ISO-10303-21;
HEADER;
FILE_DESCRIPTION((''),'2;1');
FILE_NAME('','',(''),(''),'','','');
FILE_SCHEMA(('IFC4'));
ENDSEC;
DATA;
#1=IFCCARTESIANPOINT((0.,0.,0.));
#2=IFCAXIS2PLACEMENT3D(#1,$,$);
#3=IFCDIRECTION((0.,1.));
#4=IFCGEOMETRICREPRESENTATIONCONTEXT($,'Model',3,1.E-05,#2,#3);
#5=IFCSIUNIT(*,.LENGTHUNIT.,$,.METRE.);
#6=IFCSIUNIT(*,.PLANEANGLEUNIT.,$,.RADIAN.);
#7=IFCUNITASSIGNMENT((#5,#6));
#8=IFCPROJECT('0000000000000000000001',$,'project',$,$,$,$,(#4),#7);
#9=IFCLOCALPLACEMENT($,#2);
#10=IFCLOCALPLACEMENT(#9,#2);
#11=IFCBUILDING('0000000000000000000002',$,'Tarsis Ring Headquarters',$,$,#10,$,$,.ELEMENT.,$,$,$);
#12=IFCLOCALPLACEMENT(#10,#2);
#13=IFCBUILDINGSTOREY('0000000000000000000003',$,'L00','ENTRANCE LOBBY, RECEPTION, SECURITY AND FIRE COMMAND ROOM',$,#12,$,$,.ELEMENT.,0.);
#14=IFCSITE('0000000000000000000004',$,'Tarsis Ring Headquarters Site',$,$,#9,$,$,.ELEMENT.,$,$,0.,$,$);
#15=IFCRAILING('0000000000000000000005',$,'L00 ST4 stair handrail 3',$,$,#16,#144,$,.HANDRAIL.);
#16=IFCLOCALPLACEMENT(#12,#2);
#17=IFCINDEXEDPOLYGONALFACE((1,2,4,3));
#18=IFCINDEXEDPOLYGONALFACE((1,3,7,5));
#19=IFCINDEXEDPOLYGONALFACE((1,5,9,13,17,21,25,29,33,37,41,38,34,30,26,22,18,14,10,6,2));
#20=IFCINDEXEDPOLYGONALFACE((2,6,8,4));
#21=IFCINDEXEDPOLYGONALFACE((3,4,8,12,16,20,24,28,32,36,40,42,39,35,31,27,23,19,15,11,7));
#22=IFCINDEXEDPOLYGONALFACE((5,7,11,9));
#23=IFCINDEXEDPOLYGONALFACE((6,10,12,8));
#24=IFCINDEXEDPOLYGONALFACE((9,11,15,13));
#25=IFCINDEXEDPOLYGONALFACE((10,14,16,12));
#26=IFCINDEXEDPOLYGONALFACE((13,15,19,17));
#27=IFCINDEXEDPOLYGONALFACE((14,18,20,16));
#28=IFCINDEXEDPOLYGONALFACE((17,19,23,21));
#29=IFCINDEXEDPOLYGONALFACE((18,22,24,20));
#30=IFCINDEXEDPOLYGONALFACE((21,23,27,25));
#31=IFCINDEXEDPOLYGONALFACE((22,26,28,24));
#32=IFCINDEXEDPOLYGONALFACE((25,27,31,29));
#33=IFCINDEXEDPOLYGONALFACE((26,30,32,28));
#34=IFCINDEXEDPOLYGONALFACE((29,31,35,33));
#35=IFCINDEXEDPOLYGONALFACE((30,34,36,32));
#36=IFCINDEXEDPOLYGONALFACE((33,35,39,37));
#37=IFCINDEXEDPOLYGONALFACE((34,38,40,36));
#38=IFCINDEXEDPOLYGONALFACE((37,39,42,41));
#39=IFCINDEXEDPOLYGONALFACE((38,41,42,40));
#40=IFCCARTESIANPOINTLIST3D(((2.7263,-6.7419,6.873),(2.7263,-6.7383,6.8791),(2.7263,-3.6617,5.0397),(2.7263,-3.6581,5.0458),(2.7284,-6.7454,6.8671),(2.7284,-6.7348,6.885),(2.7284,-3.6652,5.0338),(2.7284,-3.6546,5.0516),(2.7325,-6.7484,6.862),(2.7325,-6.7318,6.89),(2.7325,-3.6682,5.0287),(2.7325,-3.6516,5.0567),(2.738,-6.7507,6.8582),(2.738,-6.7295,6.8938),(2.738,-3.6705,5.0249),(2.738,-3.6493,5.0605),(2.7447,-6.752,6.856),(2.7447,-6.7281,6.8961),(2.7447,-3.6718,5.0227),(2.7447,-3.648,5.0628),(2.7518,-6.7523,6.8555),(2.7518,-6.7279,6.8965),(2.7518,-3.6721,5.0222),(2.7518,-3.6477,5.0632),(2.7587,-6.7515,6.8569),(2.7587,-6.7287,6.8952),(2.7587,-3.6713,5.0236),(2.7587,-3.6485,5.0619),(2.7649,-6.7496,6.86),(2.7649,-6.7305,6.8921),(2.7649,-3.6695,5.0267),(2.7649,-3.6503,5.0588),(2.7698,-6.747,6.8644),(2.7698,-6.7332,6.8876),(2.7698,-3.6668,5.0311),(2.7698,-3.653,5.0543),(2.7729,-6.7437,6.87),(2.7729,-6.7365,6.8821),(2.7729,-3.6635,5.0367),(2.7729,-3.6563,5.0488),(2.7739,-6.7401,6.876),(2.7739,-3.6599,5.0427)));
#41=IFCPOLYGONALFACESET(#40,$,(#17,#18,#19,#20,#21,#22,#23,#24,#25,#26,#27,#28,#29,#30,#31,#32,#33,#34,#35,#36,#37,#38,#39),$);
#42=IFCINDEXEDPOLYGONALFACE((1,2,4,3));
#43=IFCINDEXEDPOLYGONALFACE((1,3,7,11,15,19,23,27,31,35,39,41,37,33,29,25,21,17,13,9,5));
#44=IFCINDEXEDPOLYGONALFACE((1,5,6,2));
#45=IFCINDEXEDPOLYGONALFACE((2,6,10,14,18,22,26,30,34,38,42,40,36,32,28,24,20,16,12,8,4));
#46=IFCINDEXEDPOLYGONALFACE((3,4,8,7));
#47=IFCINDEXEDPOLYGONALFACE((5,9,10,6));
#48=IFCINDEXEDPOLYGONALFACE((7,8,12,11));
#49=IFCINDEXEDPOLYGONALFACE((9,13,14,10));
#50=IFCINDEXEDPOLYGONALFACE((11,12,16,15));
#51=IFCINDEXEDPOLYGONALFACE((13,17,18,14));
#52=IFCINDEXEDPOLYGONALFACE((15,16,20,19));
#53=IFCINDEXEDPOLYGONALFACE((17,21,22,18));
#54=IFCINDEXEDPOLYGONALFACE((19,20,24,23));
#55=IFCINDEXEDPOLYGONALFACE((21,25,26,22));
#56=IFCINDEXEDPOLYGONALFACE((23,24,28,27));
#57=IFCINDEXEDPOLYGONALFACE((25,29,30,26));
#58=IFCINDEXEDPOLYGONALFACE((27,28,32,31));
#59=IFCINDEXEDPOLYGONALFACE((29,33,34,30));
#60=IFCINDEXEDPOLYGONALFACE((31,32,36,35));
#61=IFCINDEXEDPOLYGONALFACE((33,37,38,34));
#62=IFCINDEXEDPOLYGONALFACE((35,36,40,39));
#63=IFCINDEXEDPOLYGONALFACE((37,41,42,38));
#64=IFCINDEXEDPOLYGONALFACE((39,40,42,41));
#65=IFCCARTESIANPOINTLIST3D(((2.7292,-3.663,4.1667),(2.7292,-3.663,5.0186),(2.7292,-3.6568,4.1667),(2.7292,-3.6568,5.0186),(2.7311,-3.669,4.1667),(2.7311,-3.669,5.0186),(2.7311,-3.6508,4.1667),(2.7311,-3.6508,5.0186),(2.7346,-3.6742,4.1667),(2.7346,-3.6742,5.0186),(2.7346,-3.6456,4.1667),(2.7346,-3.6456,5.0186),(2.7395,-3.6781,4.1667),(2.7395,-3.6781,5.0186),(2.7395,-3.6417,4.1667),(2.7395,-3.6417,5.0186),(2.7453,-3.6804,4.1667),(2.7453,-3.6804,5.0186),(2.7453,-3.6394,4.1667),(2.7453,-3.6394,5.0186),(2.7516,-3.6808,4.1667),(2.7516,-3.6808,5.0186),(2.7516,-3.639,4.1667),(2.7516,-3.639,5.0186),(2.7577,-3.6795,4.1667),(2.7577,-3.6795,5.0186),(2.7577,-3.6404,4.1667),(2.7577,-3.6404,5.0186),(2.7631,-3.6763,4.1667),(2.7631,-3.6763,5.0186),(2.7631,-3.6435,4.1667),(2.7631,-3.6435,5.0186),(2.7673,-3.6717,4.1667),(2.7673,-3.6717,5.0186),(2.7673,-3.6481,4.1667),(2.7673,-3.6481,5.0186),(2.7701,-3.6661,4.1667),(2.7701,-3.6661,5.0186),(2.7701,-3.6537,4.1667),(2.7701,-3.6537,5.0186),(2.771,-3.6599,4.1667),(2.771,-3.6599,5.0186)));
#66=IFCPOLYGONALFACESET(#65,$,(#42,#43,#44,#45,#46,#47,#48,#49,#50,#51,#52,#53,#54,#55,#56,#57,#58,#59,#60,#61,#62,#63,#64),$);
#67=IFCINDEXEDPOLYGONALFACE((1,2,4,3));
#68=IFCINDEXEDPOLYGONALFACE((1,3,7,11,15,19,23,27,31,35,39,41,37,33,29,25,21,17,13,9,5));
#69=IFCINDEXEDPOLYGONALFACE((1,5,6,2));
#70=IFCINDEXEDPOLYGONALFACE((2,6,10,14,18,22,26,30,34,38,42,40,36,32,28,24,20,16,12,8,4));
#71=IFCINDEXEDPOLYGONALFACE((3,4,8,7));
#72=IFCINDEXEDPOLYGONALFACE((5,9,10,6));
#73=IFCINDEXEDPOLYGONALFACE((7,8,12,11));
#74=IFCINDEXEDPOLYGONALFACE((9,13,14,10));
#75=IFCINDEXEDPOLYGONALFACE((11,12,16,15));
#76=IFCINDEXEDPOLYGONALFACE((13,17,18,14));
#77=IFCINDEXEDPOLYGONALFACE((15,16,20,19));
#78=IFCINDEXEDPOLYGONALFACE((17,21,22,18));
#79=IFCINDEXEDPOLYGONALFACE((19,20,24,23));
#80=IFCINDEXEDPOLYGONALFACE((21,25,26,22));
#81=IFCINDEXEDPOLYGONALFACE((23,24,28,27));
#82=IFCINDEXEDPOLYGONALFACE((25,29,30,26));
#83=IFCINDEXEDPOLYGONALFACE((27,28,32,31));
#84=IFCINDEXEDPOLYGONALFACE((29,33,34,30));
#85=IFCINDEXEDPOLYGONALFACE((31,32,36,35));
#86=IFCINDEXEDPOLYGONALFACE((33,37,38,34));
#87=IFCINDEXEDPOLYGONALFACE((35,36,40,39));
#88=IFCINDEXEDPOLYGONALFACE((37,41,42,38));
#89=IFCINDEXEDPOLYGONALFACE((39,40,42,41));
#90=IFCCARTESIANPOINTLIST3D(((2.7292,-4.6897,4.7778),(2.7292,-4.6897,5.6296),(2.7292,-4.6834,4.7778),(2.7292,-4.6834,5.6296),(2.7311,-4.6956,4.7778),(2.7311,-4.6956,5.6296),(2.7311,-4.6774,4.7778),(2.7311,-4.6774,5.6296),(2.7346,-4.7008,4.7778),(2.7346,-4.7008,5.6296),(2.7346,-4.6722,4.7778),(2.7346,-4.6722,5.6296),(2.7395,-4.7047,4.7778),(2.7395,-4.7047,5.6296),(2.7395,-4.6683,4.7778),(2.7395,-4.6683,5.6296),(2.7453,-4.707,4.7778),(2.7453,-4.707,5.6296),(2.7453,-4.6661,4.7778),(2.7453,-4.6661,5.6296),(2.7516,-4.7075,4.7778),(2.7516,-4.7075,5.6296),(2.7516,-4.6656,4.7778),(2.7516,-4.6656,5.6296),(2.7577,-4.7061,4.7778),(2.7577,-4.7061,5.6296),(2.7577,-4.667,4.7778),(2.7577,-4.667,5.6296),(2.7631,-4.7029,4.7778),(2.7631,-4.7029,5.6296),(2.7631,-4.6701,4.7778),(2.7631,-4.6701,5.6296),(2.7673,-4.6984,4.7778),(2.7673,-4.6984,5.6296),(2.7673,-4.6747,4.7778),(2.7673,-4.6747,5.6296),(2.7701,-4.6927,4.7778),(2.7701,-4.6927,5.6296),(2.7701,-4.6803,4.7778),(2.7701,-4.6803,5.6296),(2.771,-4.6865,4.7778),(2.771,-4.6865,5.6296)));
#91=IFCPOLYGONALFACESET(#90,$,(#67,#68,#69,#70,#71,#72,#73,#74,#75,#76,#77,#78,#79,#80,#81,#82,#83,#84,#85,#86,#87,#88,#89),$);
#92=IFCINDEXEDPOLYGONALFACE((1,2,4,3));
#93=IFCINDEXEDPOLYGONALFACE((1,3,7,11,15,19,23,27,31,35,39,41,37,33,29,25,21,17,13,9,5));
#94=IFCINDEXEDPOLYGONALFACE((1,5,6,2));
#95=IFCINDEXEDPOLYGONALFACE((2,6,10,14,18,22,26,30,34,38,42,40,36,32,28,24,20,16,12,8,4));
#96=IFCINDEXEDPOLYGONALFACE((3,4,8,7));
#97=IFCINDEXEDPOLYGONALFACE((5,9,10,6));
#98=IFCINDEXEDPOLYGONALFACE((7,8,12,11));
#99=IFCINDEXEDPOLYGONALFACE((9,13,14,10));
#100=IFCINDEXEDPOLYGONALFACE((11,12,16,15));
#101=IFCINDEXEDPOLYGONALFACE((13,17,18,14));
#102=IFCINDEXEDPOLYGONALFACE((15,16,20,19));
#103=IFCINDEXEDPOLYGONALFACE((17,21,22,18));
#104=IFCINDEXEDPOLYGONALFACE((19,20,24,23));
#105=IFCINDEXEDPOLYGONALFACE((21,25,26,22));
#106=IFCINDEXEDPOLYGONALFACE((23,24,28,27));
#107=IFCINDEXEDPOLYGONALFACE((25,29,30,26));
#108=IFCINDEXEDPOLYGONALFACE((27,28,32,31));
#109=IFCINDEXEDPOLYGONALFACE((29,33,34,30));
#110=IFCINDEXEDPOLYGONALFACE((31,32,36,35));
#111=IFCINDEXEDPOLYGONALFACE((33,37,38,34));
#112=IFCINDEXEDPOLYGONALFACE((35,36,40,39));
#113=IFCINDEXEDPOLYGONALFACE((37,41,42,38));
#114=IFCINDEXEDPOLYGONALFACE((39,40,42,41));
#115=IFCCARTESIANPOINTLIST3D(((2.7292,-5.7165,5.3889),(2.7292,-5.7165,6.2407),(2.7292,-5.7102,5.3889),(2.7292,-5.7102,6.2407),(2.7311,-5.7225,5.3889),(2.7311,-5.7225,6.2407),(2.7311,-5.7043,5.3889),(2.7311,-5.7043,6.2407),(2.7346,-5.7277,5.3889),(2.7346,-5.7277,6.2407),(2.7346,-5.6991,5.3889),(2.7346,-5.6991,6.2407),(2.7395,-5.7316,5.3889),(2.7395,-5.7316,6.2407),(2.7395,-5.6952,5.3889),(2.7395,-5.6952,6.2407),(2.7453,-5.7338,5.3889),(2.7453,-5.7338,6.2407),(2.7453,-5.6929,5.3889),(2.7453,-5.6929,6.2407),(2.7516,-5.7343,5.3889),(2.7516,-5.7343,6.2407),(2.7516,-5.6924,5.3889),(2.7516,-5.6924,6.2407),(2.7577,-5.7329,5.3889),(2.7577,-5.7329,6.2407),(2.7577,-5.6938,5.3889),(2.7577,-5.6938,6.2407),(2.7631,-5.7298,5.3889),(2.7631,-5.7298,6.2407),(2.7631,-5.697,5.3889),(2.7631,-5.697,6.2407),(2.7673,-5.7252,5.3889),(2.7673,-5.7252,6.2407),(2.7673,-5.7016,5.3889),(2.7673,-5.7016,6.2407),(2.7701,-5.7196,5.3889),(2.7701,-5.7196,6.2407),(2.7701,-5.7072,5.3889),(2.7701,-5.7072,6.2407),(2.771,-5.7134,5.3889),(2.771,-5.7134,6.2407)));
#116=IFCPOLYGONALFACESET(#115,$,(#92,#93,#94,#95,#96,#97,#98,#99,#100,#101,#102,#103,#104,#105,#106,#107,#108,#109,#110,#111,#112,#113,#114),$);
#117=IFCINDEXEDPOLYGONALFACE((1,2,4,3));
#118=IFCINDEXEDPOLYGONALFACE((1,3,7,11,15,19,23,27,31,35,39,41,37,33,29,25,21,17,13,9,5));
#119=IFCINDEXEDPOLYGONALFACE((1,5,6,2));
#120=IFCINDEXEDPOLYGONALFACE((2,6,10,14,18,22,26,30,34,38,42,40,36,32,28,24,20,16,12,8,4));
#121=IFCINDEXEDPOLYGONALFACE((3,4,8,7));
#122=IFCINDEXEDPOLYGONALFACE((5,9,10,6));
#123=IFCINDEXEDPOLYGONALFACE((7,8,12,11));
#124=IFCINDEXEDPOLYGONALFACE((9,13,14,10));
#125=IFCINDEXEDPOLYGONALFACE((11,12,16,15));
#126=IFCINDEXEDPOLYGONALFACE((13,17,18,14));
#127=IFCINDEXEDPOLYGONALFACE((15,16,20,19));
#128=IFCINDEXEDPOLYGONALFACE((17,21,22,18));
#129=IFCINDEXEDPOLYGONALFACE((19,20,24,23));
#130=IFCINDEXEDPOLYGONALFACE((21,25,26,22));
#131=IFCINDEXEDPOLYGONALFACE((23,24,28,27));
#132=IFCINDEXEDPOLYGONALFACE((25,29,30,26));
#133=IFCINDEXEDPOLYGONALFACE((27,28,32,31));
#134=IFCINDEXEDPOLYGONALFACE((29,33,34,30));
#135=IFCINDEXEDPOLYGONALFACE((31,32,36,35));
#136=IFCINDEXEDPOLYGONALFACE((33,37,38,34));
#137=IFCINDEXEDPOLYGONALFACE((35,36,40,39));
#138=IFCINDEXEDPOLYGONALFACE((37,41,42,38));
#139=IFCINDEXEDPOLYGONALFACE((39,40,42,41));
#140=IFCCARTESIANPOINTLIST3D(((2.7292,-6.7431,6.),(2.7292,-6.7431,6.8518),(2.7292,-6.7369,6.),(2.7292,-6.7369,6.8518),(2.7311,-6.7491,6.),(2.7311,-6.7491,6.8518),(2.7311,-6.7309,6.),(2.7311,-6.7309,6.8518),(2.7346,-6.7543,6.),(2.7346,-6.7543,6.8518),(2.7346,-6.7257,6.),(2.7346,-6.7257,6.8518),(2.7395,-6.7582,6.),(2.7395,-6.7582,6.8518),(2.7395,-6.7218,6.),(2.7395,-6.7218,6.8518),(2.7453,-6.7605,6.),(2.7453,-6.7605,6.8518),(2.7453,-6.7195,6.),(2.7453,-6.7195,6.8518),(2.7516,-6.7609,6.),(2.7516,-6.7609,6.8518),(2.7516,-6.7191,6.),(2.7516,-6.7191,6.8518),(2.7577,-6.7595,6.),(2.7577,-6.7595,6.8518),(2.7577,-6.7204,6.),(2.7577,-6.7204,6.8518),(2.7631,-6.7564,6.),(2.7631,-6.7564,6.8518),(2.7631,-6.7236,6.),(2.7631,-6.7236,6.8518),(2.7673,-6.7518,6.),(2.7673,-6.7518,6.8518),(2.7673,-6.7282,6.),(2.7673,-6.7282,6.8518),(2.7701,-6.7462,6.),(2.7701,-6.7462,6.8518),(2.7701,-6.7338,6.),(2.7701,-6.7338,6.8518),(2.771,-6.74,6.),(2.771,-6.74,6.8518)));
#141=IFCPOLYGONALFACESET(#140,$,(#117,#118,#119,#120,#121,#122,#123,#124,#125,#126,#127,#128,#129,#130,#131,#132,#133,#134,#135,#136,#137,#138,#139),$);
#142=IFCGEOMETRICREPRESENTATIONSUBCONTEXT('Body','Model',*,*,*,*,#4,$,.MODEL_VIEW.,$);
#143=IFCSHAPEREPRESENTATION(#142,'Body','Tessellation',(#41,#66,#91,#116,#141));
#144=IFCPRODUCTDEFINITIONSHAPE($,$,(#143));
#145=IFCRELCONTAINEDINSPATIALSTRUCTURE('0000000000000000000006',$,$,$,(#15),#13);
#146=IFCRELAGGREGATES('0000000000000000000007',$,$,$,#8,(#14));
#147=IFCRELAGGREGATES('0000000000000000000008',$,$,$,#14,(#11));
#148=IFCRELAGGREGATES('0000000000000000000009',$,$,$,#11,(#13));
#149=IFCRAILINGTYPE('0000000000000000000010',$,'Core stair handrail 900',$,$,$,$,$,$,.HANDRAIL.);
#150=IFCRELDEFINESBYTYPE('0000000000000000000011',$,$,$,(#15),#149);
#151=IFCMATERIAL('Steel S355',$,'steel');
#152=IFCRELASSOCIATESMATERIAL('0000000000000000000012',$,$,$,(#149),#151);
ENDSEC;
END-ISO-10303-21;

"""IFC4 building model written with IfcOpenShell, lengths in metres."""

from ifc_helpers import new_model, si_unit, direction, frame, origin, origin_2d, place, context, subcontext, project, spatial, circle, extrude, material, type_object, element, save


model = new_model("IFC4")

# Units and contexts
model_context = context("Model", 3, precision=1e-05, world=origin(), true_north=direction((0.0, 1.0)))
body_context = subcontext(model_context, "Body", "Model", "MODEL_VIEW")
ifc_project = project(units=[si_unit("LENGTHUNIT", "METRE"), si_unit("PLANEANGLEUNIT", "RADIAN")], contexts=[model_context])

# Site, building, storey
site_placement = place(None, origin())
site = spatial("IfcSite", under=ifc_project, at=site_placement, Name="Tarsis Ring Headquarters Site", CompositionType="ELEMENT", RefElevation=0.0)
building_placement = place(site_placement, origin())
building = spatial("IfcBuilding", under=site, at=building_placement, Name="Tarsis Ring Headquarters", CompositionType="ELEMENT")
storey_placement = place(building_placement, origin())
storey = spatial("IfcBuildingStorey", under=building, at=storey_placement, Name="L00", Description="ENTRANCE LOBBY, RECEPTION, SECURITY AND FIRE COMMAND ROOM", CompositionType="ELEMENT", Elevation=0.0)

# Railing
ifc_material_1 = material(Name="Steel S355", Category="steel")
railing_type = type_object("IfcRailingType", Name="Core stair handrail 900", PredefinedType="HANDRAIL", material=ifc_material_1)
for number, where, name in (
    (1, (2.75, -3.6599, 4.1667), "L00 ST4 stair handrail 3"),
):
    element("IfcRailing", number, at=place(storey_placement, frame(where)), inside=storey, type_object=railing_type, Name=name, PredefinedType="HANDRAIL", context=body_context, shape_type="SweptSolid", body=[
        extrude(circle(Radius=0.0239, at=origin_2d()), frame((0.0, 0.0, 0.876), z_axis=(0.0, -0.859309, 0.511458), x_axis=(1.0, 0.0, 0.0)), (0.0, 0.0, 1.0), 3.5845),
        extrude(circle(Radius=0.021, at=origin_2d()), origin(), (0.0, 0.0, 1.0), 0.8518),
        extrude(circle(Radius=0.021, at=origin_2d()), frame((0.0, -1.0266, 0.6111)), (0.0, 0.0, 1.0), 0.8518),
        extrude(circle(Radius=0.021, at=origin_2d()), frame((0.0, -2.0535, 1.2222)), (0.0, 0.0, 1.0), 0.8518),
        extrude(circle(Radius=0.021, at=origin_2d()), frame((0.0, -3.0801, 1.8333)), (0.0, 0.0, 1.0), 0.8518),
    ])

save(model, "model.ifc")
